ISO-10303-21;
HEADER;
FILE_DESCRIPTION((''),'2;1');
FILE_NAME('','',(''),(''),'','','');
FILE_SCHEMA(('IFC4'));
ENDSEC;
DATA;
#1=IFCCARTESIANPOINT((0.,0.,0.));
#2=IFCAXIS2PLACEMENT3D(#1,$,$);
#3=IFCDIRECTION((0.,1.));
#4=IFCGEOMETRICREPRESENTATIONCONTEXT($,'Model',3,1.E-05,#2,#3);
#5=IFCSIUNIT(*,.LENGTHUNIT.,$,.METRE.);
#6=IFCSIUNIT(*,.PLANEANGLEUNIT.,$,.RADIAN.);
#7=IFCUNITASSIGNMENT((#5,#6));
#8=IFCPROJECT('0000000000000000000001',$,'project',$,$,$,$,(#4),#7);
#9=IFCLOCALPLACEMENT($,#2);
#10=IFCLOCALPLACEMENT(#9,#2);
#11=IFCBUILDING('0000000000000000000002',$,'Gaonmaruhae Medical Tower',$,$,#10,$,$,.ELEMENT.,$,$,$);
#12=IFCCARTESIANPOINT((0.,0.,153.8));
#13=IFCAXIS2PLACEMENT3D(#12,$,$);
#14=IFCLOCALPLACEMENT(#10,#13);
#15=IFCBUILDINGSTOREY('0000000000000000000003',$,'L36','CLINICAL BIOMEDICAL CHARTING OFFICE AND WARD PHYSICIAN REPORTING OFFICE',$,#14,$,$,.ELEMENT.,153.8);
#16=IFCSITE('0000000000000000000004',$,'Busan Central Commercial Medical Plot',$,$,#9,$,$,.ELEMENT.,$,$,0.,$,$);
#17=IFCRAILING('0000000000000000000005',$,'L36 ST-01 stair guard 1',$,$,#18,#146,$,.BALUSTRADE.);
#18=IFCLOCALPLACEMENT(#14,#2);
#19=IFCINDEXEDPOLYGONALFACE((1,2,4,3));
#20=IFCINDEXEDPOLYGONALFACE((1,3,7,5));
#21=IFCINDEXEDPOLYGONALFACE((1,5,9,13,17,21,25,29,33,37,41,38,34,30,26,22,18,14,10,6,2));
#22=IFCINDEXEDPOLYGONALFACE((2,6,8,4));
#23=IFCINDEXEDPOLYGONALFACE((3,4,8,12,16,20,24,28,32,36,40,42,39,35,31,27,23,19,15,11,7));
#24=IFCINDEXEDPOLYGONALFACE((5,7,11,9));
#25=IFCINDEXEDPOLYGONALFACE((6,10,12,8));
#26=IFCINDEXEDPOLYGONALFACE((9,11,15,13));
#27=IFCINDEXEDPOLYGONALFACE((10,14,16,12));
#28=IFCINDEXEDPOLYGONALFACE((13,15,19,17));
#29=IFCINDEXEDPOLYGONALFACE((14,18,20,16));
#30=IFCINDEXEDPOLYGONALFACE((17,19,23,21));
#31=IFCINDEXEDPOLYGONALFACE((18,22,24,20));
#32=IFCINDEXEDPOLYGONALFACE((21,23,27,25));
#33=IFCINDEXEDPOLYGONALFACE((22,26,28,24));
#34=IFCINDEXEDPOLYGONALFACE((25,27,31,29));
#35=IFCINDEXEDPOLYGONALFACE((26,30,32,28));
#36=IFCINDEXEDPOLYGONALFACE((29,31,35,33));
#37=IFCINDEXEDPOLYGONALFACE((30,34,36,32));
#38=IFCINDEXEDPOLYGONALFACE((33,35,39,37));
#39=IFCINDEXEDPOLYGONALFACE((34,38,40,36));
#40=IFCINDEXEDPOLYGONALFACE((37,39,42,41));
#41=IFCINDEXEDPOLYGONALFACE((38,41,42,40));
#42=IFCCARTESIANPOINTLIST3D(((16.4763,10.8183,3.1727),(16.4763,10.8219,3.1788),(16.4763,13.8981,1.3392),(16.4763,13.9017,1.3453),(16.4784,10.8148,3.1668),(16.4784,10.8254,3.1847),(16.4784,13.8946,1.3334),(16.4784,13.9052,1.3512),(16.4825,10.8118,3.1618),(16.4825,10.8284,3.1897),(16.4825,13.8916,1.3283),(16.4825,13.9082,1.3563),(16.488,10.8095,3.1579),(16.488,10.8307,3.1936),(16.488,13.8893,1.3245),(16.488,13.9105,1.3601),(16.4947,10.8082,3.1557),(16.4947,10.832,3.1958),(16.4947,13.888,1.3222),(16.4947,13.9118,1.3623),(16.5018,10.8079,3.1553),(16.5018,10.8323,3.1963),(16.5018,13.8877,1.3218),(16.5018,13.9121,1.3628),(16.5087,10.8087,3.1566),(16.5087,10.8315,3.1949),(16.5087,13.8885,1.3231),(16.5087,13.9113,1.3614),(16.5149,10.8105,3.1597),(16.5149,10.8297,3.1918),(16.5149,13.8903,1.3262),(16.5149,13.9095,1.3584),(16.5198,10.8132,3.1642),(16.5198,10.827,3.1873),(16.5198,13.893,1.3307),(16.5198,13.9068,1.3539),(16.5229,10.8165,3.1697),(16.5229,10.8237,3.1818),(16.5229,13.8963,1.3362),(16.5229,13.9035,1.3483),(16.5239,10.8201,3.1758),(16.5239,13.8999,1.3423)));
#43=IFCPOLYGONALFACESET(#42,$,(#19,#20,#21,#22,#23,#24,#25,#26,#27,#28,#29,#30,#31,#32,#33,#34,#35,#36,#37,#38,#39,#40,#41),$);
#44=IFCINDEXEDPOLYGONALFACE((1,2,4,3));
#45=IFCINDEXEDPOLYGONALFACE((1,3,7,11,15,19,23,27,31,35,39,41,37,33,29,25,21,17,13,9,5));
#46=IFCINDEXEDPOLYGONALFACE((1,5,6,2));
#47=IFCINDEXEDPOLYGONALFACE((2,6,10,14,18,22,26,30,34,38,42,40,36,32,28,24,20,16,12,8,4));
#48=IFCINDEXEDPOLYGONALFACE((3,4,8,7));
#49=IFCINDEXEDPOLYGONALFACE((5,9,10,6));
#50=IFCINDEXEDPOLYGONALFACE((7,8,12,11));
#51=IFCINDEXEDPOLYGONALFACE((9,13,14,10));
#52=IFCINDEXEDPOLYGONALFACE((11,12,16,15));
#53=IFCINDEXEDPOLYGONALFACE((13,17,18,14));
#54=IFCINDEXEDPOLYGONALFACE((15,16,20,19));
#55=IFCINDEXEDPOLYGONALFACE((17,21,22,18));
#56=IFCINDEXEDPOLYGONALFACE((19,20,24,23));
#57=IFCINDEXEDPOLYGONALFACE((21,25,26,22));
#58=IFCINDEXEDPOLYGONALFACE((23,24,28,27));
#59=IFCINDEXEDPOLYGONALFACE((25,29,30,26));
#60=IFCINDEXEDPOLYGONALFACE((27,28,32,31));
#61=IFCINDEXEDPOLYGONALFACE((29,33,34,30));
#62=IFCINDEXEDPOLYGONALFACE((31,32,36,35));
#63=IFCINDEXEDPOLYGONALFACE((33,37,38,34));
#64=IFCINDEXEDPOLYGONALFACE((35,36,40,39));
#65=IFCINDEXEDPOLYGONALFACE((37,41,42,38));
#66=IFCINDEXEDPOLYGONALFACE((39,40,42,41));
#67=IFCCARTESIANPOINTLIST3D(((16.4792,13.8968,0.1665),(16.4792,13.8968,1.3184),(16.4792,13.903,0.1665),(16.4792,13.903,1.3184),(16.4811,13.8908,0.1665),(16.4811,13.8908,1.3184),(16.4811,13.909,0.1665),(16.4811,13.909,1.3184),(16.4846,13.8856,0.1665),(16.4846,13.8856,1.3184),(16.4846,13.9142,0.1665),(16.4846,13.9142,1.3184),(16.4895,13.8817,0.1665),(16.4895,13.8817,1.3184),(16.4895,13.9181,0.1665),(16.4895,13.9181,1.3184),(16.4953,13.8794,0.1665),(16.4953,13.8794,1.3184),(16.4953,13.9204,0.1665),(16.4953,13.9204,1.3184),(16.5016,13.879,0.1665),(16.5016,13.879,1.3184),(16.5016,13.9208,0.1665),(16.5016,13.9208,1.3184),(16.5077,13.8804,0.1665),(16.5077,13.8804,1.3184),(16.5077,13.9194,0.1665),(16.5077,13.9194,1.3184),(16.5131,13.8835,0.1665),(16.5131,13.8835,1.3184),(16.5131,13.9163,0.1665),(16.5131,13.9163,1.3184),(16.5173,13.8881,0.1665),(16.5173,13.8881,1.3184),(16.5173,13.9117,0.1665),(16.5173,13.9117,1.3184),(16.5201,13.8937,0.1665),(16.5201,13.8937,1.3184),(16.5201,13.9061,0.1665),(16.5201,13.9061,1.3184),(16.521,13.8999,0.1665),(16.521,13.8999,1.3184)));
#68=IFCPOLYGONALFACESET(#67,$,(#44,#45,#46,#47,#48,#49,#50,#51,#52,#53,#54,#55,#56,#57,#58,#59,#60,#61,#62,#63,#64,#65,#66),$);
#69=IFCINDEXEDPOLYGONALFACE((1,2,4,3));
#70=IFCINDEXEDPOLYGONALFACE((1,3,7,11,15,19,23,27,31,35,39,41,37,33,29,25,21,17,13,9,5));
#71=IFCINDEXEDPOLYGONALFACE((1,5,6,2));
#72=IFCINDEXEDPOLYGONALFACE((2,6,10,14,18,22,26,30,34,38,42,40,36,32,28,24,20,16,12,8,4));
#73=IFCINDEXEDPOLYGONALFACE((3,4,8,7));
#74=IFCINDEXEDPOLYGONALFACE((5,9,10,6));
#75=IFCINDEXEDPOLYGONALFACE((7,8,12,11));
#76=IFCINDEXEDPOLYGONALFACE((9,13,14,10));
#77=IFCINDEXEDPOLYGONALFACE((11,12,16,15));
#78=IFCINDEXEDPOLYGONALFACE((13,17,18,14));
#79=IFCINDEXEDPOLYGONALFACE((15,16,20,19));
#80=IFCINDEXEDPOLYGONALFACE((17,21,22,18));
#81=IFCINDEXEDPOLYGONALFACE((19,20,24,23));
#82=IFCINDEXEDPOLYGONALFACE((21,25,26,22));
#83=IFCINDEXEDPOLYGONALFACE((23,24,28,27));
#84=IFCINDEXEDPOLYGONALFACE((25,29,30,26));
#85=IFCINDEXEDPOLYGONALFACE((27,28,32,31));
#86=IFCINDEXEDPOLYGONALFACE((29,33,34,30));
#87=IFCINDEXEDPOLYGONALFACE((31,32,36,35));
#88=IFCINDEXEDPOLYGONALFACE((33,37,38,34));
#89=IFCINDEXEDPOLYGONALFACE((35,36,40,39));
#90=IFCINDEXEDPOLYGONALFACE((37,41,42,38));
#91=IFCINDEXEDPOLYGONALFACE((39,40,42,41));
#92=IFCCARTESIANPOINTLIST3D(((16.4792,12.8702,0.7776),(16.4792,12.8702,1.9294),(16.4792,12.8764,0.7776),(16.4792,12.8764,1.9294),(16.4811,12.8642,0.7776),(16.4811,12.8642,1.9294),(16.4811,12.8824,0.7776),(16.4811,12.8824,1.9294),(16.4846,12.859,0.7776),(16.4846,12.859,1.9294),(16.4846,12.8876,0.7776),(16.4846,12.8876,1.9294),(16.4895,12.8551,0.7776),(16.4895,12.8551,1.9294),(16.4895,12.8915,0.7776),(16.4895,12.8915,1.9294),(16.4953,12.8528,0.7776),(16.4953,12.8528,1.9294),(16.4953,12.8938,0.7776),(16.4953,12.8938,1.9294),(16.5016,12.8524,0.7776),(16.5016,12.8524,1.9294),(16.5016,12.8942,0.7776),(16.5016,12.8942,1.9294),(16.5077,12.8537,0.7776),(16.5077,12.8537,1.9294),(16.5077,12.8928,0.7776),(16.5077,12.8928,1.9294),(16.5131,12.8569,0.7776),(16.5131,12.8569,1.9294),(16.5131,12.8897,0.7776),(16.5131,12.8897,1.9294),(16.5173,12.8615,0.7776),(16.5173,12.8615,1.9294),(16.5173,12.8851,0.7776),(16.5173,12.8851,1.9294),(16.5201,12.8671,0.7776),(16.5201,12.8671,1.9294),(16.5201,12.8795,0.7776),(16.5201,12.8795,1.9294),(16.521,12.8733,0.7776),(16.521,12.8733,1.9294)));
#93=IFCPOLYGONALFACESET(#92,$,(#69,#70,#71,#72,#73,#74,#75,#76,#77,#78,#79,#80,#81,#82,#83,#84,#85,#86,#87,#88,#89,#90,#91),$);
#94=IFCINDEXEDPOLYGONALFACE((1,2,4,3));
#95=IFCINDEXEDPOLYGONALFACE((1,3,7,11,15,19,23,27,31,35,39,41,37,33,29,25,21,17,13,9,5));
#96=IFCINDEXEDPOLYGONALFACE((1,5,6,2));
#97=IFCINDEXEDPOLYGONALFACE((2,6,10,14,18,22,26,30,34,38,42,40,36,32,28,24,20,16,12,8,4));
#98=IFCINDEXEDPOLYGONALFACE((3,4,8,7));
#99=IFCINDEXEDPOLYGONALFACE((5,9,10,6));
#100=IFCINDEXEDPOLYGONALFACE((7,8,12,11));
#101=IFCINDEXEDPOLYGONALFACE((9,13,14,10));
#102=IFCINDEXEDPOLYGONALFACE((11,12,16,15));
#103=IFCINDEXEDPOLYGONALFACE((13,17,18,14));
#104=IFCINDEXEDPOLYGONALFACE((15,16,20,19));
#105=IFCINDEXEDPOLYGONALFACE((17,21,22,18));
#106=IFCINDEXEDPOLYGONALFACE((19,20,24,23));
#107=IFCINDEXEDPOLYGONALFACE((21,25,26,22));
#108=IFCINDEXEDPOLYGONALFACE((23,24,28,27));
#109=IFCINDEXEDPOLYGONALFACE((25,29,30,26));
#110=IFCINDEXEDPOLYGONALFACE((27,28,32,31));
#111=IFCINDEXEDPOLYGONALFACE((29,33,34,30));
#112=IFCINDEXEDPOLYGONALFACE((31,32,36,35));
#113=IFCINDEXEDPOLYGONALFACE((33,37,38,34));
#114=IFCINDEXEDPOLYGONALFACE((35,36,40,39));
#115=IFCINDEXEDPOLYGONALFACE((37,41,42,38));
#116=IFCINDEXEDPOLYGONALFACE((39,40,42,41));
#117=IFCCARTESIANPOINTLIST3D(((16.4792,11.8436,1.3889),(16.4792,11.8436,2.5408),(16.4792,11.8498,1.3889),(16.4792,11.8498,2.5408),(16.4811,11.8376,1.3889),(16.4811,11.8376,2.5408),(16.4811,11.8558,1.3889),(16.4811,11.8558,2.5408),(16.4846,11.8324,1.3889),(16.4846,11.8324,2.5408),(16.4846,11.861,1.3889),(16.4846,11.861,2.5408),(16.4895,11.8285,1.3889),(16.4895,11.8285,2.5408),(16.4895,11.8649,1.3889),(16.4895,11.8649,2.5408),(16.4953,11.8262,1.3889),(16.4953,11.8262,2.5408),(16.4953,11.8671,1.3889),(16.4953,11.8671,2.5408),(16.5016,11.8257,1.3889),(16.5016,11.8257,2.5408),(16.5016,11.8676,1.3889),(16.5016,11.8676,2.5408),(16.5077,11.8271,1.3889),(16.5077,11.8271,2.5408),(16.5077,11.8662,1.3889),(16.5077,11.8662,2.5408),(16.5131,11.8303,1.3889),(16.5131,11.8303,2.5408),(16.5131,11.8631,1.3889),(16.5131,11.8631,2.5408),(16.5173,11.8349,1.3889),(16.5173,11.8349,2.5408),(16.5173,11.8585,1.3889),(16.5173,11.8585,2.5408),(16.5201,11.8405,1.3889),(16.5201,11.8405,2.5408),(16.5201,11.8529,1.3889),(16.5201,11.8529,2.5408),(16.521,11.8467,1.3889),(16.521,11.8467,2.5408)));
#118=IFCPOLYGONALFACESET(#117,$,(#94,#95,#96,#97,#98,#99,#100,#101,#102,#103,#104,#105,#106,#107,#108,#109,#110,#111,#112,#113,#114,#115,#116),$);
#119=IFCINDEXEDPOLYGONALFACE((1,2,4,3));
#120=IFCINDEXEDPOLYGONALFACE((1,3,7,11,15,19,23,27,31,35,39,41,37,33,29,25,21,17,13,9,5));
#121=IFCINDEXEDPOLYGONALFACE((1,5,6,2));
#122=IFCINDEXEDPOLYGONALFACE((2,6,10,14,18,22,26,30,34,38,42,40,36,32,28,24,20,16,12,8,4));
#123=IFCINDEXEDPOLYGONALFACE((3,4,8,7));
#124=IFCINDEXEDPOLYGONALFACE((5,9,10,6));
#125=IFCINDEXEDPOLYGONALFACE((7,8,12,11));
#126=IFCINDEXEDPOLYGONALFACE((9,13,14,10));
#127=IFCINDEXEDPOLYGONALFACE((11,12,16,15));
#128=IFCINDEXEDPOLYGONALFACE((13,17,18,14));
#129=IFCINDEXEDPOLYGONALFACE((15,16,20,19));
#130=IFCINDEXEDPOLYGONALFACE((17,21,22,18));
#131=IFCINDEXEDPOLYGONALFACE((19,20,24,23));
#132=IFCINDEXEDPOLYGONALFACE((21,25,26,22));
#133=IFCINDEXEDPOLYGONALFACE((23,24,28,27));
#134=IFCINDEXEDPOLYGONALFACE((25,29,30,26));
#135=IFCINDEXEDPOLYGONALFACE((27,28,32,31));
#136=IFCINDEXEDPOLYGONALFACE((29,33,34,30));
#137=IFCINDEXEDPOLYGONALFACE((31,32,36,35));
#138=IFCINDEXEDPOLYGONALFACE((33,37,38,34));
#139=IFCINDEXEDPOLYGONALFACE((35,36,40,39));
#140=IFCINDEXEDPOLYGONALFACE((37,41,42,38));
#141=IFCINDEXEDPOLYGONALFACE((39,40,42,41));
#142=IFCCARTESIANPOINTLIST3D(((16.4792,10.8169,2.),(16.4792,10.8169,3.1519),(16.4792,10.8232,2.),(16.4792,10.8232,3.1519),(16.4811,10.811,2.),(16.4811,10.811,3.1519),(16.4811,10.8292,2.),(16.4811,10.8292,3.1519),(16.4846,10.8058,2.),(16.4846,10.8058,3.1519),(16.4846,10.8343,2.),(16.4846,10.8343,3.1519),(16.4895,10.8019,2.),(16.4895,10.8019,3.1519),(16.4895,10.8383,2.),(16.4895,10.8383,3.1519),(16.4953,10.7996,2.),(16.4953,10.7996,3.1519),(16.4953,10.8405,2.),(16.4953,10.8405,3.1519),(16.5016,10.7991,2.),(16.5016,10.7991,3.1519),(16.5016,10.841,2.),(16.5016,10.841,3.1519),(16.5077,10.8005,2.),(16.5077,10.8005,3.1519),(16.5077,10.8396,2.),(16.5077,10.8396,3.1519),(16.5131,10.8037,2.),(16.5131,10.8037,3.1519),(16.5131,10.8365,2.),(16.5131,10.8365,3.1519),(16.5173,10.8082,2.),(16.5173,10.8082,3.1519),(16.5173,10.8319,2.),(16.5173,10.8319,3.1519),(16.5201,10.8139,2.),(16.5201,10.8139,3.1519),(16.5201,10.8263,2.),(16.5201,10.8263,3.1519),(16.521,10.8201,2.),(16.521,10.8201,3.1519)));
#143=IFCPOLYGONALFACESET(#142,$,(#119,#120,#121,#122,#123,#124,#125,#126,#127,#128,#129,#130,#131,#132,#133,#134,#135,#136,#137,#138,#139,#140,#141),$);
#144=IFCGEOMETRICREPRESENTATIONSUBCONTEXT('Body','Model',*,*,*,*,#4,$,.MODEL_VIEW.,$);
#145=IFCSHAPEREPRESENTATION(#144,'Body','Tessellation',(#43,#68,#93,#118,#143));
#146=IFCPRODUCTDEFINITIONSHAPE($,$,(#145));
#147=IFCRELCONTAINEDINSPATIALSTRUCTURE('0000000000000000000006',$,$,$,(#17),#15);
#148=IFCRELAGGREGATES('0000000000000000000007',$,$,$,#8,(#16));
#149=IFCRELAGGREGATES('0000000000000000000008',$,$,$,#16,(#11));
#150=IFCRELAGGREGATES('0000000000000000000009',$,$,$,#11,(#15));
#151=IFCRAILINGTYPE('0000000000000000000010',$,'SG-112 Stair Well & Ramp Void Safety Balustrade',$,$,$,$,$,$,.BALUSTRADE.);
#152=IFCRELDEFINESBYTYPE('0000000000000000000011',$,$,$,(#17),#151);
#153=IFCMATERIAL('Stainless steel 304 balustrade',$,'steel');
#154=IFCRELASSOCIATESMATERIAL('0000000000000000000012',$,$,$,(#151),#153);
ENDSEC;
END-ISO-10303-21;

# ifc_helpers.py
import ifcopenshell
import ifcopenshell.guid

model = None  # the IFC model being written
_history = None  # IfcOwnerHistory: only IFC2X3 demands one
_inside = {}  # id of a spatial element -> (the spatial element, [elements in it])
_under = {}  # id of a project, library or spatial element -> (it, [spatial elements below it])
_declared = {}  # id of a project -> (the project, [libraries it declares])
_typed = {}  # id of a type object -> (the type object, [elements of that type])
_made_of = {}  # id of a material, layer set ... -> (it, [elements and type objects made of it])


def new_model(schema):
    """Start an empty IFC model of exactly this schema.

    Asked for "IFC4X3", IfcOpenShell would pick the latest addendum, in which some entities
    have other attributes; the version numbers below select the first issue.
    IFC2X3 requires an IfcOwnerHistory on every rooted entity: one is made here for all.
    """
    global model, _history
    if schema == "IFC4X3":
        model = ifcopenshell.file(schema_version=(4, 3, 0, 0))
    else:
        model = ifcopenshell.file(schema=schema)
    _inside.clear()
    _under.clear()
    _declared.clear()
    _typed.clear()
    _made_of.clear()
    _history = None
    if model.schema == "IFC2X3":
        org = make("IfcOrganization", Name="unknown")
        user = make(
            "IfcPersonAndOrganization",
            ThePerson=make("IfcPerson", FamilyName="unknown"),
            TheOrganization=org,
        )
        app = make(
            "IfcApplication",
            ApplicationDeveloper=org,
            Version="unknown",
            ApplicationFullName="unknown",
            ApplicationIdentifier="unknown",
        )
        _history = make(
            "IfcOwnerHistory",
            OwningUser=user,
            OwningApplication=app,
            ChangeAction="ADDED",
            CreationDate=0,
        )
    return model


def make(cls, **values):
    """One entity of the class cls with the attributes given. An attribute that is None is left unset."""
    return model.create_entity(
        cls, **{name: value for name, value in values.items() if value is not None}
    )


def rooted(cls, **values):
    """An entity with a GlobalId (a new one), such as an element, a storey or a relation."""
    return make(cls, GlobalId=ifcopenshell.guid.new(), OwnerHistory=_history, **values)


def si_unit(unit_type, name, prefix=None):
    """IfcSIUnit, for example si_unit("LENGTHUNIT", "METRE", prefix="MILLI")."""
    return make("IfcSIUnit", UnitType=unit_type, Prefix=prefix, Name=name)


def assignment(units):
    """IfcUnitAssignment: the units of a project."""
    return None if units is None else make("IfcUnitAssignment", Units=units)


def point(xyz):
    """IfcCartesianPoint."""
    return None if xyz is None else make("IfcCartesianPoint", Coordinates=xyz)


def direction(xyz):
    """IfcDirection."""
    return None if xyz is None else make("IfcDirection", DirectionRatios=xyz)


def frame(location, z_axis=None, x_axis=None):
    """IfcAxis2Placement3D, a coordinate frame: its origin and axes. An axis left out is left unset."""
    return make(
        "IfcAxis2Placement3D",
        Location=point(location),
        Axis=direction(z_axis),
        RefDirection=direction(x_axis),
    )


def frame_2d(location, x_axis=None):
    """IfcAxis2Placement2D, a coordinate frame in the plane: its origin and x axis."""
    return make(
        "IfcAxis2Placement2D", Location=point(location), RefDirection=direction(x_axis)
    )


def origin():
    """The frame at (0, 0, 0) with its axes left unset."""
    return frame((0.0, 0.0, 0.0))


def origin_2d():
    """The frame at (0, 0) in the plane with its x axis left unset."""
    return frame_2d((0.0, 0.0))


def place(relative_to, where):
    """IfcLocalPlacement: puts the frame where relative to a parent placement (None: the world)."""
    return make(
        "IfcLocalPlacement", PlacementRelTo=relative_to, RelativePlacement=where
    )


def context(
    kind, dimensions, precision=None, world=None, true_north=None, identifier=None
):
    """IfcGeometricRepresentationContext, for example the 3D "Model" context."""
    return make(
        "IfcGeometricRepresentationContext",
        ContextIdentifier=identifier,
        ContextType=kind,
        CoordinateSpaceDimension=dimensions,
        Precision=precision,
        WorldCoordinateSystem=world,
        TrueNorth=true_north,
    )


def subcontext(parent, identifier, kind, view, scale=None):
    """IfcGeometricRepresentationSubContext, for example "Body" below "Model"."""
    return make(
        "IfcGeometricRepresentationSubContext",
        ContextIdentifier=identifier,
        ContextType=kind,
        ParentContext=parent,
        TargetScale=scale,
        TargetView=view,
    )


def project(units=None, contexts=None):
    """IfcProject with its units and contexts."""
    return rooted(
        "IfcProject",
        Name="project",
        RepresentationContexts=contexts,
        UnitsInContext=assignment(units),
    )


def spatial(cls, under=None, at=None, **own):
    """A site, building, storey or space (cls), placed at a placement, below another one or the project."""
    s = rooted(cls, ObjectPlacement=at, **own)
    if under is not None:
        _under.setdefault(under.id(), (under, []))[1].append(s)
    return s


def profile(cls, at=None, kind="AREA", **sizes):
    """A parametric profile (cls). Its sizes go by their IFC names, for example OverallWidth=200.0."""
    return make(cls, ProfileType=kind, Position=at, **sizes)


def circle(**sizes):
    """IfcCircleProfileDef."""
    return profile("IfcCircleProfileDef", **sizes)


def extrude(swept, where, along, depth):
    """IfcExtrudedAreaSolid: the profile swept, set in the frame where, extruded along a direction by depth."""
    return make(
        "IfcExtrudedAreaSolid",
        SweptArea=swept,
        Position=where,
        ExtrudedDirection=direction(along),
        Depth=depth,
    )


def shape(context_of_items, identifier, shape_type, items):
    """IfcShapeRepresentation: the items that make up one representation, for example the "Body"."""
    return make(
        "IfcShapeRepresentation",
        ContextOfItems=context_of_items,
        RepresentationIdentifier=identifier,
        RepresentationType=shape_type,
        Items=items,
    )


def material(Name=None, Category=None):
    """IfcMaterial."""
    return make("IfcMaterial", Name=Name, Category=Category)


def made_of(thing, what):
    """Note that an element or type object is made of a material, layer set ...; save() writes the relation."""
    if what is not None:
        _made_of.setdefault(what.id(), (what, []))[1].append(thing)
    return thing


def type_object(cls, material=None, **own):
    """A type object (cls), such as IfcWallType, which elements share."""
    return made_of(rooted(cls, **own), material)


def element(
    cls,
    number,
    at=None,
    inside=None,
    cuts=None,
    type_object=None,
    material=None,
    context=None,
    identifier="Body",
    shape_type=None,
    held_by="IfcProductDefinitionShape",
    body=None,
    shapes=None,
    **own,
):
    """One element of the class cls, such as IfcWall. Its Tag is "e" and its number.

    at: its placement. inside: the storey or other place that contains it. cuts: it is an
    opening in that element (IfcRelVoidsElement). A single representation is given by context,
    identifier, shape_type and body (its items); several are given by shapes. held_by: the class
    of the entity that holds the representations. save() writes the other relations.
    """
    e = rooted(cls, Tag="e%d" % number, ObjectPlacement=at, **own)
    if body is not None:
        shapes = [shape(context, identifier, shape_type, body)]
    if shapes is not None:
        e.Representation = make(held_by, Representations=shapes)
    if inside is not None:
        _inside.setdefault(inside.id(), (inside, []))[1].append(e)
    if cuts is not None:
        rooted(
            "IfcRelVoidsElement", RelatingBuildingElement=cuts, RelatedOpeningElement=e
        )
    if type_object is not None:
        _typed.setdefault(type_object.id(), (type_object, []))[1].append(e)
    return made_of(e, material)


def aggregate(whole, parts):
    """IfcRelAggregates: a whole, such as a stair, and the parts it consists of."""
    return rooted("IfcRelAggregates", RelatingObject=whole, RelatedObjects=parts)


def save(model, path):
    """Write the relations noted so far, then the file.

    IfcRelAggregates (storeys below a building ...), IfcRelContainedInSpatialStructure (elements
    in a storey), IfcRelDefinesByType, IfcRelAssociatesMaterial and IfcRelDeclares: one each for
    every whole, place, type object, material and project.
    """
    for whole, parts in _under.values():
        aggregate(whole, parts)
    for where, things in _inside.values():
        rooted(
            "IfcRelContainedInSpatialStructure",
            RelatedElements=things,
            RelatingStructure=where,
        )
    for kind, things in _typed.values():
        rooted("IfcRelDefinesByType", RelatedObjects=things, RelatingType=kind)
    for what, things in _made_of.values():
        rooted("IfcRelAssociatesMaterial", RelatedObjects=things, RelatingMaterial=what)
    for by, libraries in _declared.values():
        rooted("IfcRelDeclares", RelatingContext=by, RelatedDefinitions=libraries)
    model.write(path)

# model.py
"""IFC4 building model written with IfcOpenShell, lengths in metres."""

from ifc_helpers import new_model, si_unit, direction, frame, origin, origin_2d, place, context, subcontext, project, spatial, circle, extrude, material, type_object, element, save


model = new_model("IFC4")

# Units and contexts
model_context = context("Model", 3, precision=1e-05, world=origin(), true_north=direction((0.0, 1.0)))
body_context = subcontext(model_context, "Body", "Model", "MODEL_VIEW")
ifc_project = project(units=[si_unit("LENGTHUNIT", "METRE"), si_unit("PLANEANGLEUNIT", "RADIAN")], contexts=[model_context])

# Site, building, storey
site_placement = place(None, origin())
site = spatial("IfcSite", under=ifc_project, at=site_placement, Name="Busan Central Commercial Medical Plot", CompositionType="ELEMENT", RefElevation=0.0)
building_placement = place(site_placement, origin())
building = spatial("IfcBuilding", under=site, at=building_placement, Name="Gaonmaruhae Medical Tower", CompositionType="ELEMENT")
storey_placement = place(building_placement, frame((0.0, 0.0, 153.8)))
storey = spatial("IfcBuildingStorey", under=building, at=storey_placement, Name="L36", Description="CLINICAL BIOMEDICAL CHARTING OFFICE AND WARD PHYSICIAN REPORTING OFFICE", CompositionType="ELEMENT", Elevation=153.8)

# Railing
ifc_material_1 = material(Name="Stainless steel 304 balustrade", Category="steel")
railing_type_1 = type_object("IfcRailingType", Name="SG-112 Stair Well & Ramp Void Safety Balustrade", PredefinedType="BALUSTRADE", material=ifc_material_1)
railing_1_placement = place(storey_placement, frame((16.5, 13.8999, 0.1665)))
element("IfcRailing", 1, at=railing_1_placement, inside=storey, type_object=railing_type_1, Name="L36 ST-01 stair guard 1", PredefinedType="BALUSTRADE", context=body_context, shape_type="SweptSolid", body=[
    extrude(circle(Radius=0.0239, at=origin_2d()), frame((0.0, 0.0, 1.1758), z_axis=(0.0, -0.859261, 0.511538), x_axis=(1.0, 0.0, 0.0)), (0.0, 0.0, 1.0), 3.5842),
    extrude(circle(Radius=0.021, at=origin_2d()), origin(), (0.0, 0.0, 1.0), 1.1519),
    extrude(circle(Radius=0.021, at=origin_2d()), frame((0.0, -1.0266, 0.6111)), (0.0, 0.0, 1.0), 1.1519),
    extrude(circle(Radius=0.021, at=origin_2d()), frame((0.0, -2.0532, 1.2224)), (0.0, 0.0, 1.0), 1.1519),
    extrude(circle(Radius=0.021, at=origin_2d()), frame((0.0, -3.0798, 1.8335)), (0.0, 0.0, 1.0), 1.1519),
])

save(model, "model.ifc")
